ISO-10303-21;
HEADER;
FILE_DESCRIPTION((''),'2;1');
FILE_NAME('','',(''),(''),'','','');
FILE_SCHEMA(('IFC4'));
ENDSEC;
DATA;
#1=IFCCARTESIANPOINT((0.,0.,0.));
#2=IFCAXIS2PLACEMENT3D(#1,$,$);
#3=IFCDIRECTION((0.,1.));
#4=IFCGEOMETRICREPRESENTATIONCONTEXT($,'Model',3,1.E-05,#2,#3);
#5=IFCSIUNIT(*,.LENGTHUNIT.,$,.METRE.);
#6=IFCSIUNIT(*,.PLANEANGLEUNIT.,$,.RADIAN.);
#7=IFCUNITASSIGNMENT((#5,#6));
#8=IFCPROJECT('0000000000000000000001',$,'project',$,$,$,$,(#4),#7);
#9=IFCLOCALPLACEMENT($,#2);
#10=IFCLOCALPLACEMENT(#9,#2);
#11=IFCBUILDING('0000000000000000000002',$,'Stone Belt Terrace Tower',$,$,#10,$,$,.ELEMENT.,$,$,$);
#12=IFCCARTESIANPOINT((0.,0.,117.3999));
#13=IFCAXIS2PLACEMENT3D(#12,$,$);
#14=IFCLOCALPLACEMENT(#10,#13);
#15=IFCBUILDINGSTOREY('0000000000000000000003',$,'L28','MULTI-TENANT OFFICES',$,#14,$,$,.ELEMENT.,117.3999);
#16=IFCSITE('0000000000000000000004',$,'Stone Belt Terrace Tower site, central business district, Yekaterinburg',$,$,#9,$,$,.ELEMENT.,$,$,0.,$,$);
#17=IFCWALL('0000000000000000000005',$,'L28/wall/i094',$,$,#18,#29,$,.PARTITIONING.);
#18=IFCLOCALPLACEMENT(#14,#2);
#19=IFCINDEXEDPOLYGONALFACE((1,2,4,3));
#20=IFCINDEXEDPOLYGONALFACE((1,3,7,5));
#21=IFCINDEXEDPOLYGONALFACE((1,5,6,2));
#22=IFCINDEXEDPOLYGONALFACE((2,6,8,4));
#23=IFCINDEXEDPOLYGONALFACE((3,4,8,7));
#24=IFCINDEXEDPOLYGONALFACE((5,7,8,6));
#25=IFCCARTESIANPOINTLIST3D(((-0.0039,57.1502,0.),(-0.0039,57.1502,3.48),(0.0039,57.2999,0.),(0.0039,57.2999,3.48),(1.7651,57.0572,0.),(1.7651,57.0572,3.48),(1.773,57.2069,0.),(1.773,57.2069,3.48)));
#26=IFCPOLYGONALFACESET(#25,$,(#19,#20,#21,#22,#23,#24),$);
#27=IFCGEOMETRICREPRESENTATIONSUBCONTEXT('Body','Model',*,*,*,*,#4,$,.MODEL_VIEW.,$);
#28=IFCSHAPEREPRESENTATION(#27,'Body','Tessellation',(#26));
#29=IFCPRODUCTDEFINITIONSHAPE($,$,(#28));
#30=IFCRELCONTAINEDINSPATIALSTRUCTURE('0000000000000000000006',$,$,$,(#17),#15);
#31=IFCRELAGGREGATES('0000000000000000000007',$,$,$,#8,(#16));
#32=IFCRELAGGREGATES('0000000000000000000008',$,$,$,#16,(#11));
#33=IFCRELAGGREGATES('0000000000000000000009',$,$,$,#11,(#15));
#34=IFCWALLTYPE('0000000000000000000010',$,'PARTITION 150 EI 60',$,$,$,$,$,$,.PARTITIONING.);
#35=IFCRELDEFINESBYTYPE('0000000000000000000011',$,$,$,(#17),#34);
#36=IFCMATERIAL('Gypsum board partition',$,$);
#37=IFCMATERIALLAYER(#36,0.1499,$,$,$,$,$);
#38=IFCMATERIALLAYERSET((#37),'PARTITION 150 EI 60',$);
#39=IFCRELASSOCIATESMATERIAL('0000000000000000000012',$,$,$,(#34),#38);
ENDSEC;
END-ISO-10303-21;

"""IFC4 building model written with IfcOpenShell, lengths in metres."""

from ifc_helpers import new_model, si_unit, direction, frame, frame_2d, origin, place, context, subcontext, project, spatial, rectangle, extrude, material, layer, layer_set, type_object, element, save


model = new_model("IFC4")

# Units and contexts
model_context = context("Model", 3, precision=1e-05, world=origin(), true_north=direction((0.0, 1.0)))
body_context = subcontext(model_context, "Body", "Model", "MODEL_VIEW")
ifc_project = project(units=[si_unit("LENGTHUNIT", "METRE"), si_unit("PLANEANGLEUNIT", "RADIAN")], contexts=[model_context])

# Site, building, storey
site_placement = place(None, origin())
site = spatial("IfcSite", under=ifc_project, at=site_placement, Name="Stone Belt Terrace Tower site, central business district, Yekaterinburg", CompositionType="ELEMENT", RefElevation=0.0)
building_placement = place(site_placement, origin())
building = spatial("IfcBuilding", under=site, at=building_placement, Name="Stone Belt Terrace Tower", CompositionType="ELEMENT")
storey_placement = place(building_placement, frame((0.0, 0.0, 117.3999)))
storey = spatial("IfcBuildingStorey", under=building, at=storey_placement, Name="L28", Description="MULTI-TENANT OFFICES", CompositionType="ELEMENT", Elevation=117.3999)

# Shared definitions
ifc_material_1 = material(Name="Gypsum board partition")

# Wall
ifc_layer_1 = layer(ifc_material_1, 0.1499)
ifc_layer_set_1 = layer_set([ifc_layer_1], Name="PARTITION 150 EI 60")
wall_type_1 = type_object("IfcWallType", Name="PARTITION 150 EI 60", PredefinedType="PARTITIONING", material=ifc_layer_set_1)
wall_1_placement = place(storey_placement, frame((0.0, 57.2251, 0.0), z_axis=(0.0, 0.0, 1.0), x_axis=(0.99862, -0.052508, 0.0)))
element("IfcWall", 1, at=wall_1_placement, inside=storey, type_object=wall_type_1, Name="L28/wall/i094", PredefinedType="PARTITIONING", context=body_context, shape_type="SweptSolid", body=[
    extrude(rectangle(XDim=1.7715, YDim=0.1499, at=frame_2d((0.8857, 0.0))), origin(), (0.0, 0.0, 1.0), 3.48),
])

save(model, "model.ifc")
